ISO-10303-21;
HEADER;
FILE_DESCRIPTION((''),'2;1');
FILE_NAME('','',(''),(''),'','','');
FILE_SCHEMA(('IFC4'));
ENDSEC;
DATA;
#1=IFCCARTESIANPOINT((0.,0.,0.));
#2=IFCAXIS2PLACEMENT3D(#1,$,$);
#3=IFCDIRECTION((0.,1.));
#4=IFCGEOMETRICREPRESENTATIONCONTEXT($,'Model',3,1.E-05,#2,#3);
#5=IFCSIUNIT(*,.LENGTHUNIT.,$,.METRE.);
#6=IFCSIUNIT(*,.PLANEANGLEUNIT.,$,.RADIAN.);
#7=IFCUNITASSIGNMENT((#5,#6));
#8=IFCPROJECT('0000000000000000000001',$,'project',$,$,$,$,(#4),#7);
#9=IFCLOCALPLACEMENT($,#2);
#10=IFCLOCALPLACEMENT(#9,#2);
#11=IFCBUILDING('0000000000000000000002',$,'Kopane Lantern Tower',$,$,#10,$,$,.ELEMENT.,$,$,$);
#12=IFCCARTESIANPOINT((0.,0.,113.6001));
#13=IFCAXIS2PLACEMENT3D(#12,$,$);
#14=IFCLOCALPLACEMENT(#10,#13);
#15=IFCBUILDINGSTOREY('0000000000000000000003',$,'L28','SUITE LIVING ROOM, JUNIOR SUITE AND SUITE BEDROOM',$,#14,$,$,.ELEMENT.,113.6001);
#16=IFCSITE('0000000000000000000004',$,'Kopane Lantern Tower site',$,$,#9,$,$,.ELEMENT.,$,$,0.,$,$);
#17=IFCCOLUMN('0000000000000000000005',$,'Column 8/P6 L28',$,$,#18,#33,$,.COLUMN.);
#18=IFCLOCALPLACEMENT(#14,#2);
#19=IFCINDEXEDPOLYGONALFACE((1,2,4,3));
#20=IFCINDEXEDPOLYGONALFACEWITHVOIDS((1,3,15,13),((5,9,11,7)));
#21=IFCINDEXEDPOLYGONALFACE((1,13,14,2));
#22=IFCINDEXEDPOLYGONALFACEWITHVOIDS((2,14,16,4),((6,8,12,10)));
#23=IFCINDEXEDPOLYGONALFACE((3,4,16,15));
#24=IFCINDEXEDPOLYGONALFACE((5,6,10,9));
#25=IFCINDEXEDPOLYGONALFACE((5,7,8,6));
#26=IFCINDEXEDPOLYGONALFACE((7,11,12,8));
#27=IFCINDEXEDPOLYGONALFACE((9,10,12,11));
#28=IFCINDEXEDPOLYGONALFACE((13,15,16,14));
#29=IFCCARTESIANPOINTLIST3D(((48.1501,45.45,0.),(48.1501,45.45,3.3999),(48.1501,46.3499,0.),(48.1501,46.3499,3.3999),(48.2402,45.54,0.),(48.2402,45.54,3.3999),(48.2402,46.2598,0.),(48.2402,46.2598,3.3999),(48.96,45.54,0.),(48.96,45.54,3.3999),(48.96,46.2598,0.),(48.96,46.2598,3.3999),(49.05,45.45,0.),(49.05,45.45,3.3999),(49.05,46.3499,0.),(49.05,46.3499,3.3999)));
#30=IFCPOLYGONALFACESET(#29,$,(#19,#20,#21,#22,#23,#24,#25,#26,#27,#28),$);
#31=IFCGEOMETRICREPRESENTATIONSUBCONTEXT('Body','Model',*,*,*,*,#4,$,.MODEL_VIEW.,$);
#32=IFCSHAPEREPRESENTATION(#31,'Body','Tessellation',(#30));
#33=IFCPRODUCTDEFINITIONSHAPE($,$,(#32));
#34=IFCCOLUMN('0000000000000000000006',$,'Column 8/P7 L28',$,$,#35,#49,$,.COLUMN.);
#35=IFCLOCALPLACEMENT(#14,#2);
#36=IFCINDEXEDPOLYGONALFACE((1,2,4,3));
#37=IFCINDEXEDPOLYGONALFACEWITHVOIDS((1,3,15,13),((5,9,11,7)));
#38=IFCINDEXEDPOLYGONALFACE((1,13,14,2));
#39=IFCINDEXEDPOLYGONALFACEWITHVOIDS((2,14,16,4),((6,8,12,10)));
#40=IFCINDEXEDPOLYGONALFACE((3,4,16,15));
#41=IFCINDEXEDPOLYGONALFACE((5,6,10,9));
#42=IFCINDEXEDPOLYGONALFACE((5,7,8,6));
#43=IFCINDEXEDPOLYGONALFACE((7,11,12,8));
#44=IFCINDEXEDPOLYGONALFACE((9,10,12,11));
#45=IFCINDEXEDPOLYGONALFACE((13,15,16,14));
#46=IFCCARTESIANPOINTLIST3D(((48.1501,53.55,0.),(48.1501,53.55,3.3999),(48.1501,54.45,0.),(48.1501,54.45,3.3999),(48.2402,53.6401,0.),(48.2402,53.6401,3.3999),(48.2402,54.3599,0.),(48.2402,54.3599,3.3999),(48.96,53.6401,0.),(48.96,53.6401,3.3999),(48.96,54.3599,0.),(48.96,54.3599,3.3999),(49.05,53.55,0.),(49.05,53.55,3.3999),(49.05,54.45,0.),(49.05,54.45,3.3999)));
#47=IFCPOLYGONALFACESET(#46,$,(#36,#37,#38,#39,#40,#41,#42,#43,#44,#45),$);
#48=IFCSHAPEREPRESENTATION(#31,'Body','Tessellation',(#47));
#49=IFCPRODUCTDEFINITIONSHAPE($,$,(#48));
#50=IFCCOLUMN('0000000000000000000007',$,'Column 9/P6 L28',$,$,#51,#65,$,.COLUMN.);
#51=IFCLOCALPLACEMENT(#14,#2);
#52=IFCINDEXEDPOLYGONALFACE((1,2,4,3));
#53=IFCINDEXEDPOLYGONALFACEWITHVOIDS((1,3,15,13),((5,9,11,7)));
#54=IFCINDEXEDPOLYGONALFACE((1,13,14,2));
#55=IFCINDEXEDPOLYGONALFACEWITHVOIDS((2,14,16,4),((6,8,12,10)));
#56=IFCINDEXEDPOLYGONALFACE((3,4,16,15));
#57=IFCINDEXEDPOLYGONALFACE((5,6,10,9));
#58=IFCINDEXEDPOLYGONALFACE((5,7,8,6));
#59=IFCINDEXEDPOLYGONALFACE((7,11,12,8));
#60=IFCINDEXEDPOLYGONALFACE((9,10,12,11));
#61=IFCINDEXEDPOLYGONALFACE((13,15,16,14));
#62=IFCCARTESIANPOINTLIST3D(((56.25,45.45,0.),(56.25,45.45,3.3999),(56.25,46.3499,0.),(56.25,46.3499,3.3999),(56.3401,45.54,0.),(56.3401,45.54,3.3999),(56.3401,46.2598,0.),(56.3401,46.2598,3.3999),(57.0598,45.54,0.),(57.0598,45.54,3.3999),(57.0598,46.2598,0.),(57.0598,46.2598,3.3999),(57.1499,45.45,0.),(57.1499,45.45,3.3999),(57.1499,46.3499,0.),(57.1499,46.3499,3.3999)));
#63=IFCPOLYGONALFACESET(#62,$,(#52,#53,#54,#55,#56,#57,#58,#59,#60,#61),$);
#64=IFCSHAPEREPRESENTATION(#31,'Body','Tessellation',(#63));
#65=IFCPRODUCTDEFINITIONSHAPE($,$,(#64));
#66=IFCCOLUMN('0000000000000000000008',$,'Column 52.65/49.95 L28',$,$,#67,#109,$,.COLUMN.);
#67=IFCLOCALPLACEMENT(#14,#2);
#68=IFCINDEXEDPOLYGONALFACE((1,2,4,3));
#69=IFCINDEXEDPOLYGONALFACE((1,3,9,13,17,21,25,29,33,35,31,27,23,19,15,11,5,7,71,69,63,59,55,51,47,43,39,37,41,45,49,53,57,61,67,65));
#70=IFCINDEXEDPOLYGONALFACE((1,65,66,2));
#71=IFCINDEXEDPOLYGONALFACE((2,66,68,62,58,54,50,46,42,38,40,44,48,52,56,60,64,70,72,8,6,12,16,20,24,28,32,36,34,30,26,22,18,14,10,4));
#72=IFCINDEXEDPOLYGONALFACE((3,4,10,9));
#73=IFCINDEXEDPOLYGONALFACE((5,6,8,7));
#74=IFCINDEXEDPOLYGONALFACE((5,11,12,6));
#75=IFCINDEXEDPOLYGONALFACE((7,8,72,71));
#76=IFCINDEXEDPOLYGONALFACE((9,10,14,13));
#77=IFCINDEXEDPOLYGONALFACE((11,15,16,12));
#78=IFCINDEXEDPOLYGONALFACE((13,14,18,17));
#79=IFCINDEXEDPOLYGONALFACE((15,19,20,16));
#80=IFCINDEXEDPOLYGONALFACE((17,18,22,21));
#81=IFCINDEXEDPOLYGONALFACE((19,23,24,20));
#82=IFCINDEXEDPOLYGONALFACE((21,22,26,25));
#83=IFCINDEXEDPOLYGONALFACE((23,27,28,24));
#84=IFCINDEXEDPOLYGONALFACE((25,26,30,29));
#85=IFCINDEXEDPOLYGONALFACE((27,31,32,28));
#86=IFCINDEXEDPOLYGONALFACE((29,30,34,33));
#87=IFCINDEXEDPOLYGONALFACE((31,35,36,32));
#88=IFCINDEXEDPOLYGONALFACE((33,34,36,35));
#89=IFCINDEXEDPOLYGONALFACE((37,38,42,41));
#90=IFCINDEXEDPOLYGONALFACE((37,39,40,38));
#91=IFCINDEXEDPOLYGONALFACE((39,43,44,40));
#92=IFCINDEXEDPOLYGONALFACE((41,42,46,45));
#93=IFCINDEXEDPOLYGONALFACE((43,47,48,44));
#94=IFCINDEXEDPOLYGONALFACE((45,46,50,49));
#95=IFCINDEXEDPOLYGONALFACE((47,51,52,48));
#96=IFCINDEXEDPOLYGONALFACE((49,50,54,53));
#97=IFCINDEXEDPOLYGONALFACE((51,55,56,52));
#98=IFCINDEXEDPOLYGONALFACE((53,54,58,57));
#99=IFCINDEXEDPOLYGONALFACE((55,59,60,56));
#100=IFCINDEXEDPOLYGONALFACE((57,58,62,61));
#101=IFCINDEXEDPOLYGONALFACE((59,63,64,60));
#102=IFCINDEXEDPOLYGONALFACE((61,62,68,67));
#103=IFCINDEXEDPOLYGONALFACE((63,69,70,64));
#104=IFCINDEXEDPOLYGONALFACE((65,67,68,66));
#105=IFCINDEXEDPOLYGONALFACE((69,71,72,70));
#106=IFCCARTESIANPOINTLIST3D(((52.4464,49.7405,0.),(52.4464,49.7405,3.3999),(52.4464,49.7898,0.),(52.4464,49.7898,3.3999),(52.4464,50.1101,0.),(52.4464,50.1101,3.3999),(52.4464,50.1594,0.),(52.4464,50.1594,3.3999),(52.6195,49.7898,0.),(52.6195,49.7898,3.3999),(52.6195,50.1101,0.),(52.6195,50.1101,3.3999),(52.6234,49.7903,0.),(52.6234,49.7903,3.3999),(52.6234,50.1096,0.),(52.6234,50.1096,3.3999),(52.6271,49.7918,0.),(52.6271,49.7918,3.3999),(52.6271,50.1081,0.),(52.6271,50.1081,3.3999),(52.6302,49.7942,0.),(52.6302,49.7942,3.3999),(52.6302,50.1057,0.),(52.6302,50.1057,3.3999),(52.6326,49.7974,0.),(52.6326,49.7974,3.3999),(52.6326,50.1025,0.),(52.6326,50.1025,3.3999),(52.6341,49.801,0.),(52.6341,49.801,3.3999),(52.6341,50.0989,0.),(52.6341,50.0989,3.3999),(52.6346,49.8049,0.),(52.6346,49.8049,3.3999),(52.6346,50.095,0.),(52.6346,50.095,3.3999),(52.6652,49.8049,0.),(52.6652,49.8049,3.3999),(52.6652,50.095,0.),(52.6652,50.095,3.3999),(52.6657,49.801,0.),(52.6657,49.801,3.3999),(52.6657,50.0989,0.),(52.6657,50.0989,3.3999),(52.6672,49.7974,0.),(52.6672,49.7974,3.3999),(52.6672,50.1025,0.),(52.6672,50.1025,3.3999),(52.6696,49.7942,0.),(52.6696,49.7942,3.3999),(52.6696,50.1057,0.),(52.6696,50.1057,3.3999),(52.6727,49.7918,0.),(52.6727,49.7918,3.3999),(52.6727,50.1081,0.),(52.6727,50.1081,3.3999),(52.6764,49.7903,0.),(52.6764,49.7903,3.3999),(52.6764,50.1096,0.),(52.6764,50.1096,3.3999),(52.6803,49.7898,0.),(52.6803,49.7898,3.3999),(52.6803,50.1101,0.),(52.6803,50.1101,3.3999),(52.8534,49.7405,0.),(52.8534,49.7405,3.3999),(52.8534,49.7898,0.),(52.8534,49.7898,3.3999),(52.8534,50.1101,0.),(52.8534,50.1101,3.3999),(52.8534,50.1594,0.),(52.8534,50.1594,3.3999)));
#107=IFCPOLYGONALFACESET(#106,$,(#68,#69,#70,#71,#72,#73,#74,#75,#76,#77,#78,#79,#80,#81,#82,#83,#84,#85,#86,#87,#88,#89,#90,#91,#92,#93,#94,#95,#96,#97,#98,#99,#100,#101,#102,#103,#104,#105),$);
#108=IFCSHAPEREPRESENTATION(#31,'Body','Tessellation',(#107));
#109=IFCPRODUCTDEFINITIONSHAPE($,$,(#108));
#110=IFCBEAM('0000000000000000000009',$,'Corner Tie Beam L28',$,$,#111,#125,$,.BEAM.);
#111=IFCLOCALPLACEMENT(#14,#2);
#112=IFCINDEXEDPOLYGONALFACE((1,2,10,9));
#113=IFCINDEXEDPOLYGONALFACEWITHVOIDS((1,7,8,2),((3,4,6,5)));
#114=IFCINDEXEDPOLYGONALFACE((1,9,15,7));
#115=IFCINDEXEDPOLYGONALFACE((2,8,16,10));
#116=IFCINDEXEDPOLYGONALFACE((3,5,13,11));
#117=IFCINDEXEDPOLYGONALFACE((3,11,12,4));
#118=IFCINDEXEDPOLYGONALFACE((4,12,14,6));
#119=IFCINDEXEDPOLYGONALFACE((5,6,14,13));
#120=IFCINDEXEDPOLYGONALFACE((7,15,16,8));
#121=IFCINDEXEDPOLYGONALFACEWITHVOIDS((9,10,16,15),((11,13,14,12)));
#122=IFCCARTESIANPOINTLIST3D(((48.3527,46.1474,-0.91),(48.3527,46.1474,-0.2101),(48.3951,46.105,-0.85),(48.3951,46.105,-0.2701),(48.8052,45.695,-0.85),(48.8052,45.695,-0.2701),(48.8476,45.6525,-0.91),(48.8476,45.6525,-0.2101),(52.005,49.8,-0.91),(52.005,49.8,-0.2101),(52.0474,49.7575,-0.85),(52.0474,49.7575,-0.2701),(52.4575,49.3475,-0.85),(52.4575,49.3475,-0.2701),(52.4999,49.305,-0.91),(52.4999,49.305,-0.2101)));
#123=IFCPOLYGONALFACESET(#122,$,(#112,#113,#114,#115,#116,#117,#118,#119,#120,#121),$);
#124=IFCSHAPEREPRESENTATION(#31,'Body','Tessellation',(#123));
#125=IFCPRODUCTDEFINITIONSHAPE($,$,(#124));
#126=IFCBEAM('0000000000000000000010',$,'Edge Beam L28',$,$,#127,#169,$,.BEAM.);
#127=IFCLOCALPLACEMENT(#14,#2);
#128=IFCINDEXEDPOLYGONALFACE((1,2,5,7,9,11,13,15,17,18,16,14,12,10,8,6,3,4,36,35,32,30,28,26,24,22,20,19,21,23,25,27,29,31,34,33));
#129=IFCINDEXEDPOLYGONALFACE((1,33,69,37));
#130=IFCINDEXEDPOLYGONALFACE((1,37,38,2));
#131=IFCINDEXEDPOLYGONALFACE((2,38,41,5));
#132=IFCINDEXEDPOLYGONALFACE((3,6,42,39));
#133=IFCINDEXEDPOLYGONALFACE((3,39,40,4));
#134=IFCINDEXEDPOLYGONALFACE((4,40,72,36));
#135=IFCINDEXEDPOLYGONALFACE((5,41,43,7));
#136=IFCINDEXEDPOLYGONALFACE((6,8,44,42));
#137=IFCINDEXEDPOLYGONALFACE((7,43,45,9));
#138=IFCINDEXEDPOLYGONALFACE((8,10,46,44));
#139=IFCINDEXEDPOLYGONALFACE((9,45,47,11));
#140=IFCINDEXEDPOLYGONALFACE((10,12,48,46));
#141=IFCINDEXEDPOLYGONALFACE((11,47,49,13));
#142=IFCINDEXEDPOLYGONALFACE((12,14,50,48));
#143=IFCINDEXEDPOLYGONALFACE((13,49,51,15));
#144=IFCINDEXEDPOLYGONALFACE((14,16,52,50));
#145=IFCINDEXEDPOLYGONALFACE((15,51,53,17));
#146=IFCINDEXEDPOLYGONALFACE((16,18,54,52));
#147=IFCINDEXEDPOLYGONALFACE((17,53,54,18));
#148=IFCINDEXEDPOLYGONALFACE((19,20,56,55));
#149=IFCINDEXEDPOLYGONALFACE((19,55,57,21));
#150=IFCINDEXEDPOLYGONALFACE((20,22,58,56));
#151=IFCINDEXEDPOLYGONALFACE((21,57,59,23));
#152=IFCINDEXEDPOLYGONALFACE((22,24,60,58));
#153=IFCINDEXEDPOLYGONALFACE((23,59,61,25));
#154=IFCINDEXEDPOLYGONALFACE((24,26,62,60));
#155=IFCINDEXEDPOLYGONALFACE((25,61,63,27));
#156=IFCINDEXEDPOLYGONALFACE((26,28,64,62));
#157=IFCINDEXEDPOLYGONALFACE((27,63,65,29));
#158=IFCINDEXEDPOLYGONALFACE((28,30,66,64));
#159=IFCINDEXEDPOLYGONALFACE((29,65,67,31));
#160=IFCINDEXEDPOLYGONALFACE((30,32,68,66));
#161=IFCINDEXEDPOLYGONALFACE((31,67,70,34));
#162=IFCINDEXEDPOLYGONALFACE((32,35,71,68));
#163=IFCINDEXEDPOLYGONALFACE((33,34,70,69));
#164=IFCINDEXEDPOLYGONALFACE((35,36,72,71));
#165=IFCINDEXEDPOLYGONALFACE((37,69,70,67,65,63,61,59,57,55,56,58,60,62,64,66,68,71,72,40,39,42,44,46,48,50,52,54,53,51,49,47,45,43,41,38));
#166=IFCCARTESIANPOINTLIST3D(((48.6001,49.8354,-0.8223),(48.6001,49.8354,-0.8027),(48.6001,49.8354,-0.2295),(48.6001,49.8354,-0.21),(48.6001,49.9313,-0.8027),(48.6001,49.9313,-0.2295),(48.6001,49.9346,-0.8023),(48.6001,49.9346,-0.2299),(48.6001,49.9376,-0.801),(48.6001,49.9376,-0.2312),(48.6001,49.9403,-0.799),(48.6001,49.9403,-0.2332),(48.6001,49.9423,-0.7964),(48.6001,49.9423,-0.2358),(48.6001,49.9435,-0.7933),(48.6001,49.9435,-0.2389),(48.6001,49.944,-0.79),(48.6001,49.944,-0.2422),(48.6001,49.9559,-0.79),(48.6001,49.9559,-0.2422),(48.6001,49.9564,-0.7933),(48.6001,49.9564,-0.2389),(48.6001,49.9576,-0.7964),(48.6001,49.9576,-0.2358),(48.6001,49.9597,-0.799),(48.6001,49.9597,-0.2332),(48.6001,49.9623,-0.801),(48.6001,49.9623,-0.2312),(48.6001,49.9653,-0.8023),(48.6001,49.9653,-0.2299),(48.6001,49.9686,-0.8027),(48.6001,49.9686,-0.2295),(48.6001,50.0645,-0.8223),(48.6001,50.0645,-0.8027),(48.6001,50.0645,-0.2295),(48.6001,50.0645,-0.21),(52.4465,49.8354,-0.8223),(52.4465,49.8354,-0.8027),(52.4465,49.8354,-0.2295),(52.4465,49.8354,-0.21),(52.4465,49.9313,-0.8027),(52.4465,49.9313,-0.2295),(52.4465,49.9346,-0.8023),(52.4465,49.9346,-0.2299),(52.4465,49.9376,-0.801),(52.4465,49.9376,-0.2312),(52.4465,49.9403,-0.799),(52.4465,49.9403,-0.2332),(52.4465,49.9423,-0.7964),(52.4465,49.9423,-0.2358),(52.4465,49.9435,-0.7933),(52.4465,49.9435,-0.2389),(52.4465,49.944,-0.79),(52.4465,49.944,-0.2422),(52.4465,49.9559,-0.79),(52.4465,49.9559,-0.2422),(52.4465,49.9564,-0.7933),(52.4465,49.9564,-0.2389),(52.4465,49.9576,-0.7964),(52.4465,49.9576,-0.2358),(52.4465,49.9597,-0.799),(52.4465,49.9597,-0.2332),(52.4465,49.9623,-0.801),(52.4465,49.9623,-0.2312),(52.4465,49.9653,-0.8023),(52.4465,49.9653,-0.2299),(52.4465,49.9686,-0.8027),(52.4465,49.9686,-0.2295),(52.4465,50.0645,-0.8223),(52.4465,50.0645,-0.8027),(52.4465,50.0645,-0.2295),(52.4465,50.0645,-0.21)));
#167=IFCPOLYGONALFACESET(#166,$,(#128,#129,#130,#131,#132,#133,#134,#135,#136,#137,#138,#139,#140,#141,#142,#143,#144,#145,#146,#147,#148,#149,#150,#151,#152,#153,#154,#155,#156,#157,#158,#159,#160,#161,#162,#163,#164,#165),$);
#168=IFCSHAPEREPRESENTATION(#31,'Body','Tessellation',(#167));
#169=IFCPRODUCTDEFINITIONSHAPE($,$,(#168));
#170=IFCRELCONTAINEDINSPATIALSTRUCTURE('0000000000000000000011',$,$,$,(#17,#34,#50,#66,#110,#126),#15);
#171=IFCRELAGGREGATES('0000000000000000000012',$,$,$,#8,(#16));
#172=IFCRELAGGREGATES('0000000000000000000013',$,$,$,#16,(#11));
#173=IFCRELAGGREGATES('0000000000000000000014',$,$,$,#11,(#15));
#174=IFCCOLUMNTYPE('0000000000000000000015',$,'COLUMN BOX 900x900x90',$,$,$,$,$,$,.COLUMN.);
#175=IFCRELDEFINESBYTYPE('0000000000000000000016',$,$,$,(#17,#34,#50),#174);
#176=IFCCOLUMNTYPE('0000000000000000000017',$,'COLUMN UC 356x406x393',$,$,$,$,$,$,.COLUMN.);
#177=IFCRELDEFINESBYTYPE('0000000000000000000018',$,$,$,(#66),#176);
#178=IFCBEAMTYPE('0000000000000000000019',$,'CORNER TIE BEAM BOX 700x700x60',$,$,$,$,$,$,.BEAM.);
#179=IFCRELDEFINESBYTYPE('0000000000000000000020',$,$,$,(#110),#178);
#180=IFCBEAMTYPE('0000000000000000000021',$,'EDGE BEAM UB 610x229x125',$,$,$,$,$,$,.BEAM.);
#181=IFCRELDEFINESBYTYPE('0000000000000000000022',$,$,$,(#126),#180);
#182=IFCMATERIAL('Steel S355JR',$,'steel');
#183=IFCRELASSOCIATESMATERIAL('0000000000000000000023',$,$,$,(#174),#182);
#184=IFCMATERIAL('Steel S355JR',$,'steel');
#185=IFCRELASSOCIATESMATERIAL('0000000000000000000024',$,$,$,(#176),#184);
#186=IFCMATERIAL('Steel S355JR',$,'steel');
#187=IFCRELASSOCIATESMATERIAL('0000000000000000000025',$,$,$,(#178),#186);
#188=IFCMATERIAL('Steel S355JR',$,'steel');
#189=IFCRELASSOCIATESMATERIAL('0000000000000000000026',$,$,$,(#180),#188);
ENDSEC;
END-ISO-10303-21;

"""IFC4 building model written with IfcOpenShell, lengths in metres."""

from ifc_helpers import new_model, si_unit, direction, frame, origin, origin_2d, place, context, subcontext, project, spatial, hollow_rectangle, i_section, extrude, material, material_profile, profile_set, type_object, element, save


model = new_model("IFC4")

# Units and contexts
model_context = context("Model", 3, precision=1e-05, world=origin(), true_north=direction((0.0, 1.0)))
body_context = subcontext(model_context, "Body", "Model", "MODEL_VIEW")
ifc_project = project(units=[si_unit("LENGTHUNIT", "METRE"), si_unit("PLANEANGLEUNIT", "RADIAN")], contexts=[model_context])

# Site, building, storey
site_placement = place(None, origin())
site = spatial("IfcSite", under=ifc_project, at=site_placement, Name="Kopane Lantern Tower site", CompositionType="ELEMENT", RefElevation=0.0)
building_placement = place(site_placement, origin())
building = spatial("IfcBuilding", under=site, at=building_placement, Name="Kopane Lantern Tower", CompositionType="ELEMENT")
storey_placement = place(building_placement, frame((0.0, 0.0, 113.6001)))
storey = spatial("IfcBuildingStorey", under=building, at=storey_placement, Name="L28", Description="SUITE LIVING ROOM, JUNIOR SUITE AND SUITE BEDROOM", CompositionType="ELEMENT", Elevation=113.6001)

# Columns
ifc_material_1 = material(Name="Steel S355JR", Category="steel")
ifc_material_profile_1 = material_profile(ifc_material_1, hollow_rectangle(XDim=0.8999, YDim=0.8999, WallThickness=0.0901, at=origin_2d()), Name="BOX 900x900x90")
ifc_profile_set_1 = profile_set([ifc_material_profile_1], Name="Steel S355JR")
column_type_1 = type_object("IfcColumnType", Name="COLUMN BOX 900x900x90", PredefinedType="COLUMN", material=ifc_profile_set_1)
for number, where, z_axis, x_axis, name in (
    (1, (48.6001, 45.8999, 0.0), (0.0, 0.0, 1.0), (1.0, 0.0, 0.0), "Column 8/P6 L28"),
    (2, (48.6001, 54.0, 0.0), (0.0, 0.0, 1.0), (1.0, 0.0, 0.0), "Column 8/P7 L28"),
    (3, (56.7, 45.8999, 0.0), (0.0, 0.0, 1.0), (1.0, 0.0, 0.0), "Column 9/P6 L28"),
):
    element("IfcColumn", number, at=place(storey_placement, frame(where, z_axis=z_axis, x_axis=x_axis)), inside=storey, type_object=column_type_1, Name=name, PredefinedType="COLUMN", context=body_context, shape_type="SweptSolid", body=[
        extrude(hollow_rectangle(XDim=0.8999, YDim=0.8999, WallThickness=0.0901, at=origin_2d()), origin(), (0.0, 0.0, 1.0), 3.3999),
    ])
ifc_material_2 = material(Name="Steel S355JR", Category="steel")
ifc_material_profile_2 = material_profile(ifc_material_2, i_section(OverallWidth=0.407, OverallDepth=0.4189, WebThickness=0.0305, FlangeThickness=0.0493, FilletRadius=0.0151, at=origin_2d()), Name="UC 356x406x393")
ifc_profile_set_2 = profile_set([ifc_material_profile_2], Name="Steel S355JR")
column_type_2 = type_object("IfcColumnType", Name="COLUMN UC 356x406x393", PredefinedType="COLUMN", material=ifc_profile_set_2)
column_placement = place(storey_placement, frame((52.6499, 49.95, 0.0), z_axis=(0.0, 0.0, 1.0), x_axis=(1.0, 0.0, 0.0)))
element("IfcColumn", 4, at=column_placement, inside=storey, type_object=column_type_2, Name="Column 52.65/49.95 L28", PredefinedType="COLUMN", context=body_context, shape_type="SweptSolid", body=[
    extrude(i_section(OverallWidth=0.407, OverallDepth=0.4189, WebThickness=0.0305, FlangeThickness=0.0493, FilletRadius=0.0151, at=origin_2d()), origin(), (0.0, 0.0, 1.0), 3.3999),
])

# Beams
ifc_material_3 = material(Name="Steel S355JR", Category="steel")
ifc_material_profile_3 = material_profile(ifc_material_3, hollow_rectangle(XDim=0.7, YDim=0.7, WallThickness=0.0601, at=origin_2d()), Name="BOX 700x700x60")
ifc_profile_set_3 = profile_set([ifc_material_profile_3], Name="Steel S355JR")
beam_type_1 = type_object("IfcBeamType", Name="CORNER TIE BEAM BOX 700x700x60", PredefinedType="BEAM", material=ifc_profile_set_3)
beam_1_placement = place(storey_placement, frame((52.2524, 49.5525, -0.5601), z_axis=(-0.707083, -0.70713, 0.0), x_axis=(0.70713, -0.707083, 0.0)))
element("IfcBeam", 5, at=beam_1_placement, inside=storey, type_object=beam_type_1, Name="Corner Tie Beam L28", PredefinedType="BEAM", context=body_context, shape_type="SweptSolid", body=[
    extrude(hollow_rectangle(XDim=0.7, YDim=0.7, WallThickness=0.0601, at=origin_2d()), origin(), (0.0, 0.0, 1.0), 5.1653),
])
ifc_material_4 = material(Name="Steel S355JR", Category="steel")
ifc_material_profile_4 = material_profile(ifc_material_4, i_section(OverallWidth=0.229, OverallDepth=0.6123, WebThickness=0.012, FlangeThickness=0.0195, FilletRadius=0.0127, at=origin_2d()), Name="UB 610x229x125")
ifc_profile_set_4 = profile_set([ifc_material_profile_4], Name="Steel S355JR")
beam_type_2 = type_object("IfcBeamType", Name="EDGE BEAM UB 610x229x125", PredefinedType="BEAM", material=ifc_profile_set_4)
beam_2_placement = place(storey_placement, frame((52.4465, 49.95, -0.5161), z_axis=(-1.0, 0.0, 0.0), x_axis=(0.0, -1.0, 0.0)))
element("IfcBeam", 6, at=beam_2_placement, inside=storey, type_object=beam_type_2, Name="Edge Beam L28", PredefinedType="BEAM", context=body_context, shape_type="SweptSolid", body=[
    extrude(i_section(OverallWidth=0.229, OverallDepth=0.6123, WebThickness=0.012, FlangeThickness=0.0195, FilletRadius=0.0127, at=origin_2d()), origin(), (0.0, 0.0, 1.0), 3.8464),
])

save(model, "model.ifc")
